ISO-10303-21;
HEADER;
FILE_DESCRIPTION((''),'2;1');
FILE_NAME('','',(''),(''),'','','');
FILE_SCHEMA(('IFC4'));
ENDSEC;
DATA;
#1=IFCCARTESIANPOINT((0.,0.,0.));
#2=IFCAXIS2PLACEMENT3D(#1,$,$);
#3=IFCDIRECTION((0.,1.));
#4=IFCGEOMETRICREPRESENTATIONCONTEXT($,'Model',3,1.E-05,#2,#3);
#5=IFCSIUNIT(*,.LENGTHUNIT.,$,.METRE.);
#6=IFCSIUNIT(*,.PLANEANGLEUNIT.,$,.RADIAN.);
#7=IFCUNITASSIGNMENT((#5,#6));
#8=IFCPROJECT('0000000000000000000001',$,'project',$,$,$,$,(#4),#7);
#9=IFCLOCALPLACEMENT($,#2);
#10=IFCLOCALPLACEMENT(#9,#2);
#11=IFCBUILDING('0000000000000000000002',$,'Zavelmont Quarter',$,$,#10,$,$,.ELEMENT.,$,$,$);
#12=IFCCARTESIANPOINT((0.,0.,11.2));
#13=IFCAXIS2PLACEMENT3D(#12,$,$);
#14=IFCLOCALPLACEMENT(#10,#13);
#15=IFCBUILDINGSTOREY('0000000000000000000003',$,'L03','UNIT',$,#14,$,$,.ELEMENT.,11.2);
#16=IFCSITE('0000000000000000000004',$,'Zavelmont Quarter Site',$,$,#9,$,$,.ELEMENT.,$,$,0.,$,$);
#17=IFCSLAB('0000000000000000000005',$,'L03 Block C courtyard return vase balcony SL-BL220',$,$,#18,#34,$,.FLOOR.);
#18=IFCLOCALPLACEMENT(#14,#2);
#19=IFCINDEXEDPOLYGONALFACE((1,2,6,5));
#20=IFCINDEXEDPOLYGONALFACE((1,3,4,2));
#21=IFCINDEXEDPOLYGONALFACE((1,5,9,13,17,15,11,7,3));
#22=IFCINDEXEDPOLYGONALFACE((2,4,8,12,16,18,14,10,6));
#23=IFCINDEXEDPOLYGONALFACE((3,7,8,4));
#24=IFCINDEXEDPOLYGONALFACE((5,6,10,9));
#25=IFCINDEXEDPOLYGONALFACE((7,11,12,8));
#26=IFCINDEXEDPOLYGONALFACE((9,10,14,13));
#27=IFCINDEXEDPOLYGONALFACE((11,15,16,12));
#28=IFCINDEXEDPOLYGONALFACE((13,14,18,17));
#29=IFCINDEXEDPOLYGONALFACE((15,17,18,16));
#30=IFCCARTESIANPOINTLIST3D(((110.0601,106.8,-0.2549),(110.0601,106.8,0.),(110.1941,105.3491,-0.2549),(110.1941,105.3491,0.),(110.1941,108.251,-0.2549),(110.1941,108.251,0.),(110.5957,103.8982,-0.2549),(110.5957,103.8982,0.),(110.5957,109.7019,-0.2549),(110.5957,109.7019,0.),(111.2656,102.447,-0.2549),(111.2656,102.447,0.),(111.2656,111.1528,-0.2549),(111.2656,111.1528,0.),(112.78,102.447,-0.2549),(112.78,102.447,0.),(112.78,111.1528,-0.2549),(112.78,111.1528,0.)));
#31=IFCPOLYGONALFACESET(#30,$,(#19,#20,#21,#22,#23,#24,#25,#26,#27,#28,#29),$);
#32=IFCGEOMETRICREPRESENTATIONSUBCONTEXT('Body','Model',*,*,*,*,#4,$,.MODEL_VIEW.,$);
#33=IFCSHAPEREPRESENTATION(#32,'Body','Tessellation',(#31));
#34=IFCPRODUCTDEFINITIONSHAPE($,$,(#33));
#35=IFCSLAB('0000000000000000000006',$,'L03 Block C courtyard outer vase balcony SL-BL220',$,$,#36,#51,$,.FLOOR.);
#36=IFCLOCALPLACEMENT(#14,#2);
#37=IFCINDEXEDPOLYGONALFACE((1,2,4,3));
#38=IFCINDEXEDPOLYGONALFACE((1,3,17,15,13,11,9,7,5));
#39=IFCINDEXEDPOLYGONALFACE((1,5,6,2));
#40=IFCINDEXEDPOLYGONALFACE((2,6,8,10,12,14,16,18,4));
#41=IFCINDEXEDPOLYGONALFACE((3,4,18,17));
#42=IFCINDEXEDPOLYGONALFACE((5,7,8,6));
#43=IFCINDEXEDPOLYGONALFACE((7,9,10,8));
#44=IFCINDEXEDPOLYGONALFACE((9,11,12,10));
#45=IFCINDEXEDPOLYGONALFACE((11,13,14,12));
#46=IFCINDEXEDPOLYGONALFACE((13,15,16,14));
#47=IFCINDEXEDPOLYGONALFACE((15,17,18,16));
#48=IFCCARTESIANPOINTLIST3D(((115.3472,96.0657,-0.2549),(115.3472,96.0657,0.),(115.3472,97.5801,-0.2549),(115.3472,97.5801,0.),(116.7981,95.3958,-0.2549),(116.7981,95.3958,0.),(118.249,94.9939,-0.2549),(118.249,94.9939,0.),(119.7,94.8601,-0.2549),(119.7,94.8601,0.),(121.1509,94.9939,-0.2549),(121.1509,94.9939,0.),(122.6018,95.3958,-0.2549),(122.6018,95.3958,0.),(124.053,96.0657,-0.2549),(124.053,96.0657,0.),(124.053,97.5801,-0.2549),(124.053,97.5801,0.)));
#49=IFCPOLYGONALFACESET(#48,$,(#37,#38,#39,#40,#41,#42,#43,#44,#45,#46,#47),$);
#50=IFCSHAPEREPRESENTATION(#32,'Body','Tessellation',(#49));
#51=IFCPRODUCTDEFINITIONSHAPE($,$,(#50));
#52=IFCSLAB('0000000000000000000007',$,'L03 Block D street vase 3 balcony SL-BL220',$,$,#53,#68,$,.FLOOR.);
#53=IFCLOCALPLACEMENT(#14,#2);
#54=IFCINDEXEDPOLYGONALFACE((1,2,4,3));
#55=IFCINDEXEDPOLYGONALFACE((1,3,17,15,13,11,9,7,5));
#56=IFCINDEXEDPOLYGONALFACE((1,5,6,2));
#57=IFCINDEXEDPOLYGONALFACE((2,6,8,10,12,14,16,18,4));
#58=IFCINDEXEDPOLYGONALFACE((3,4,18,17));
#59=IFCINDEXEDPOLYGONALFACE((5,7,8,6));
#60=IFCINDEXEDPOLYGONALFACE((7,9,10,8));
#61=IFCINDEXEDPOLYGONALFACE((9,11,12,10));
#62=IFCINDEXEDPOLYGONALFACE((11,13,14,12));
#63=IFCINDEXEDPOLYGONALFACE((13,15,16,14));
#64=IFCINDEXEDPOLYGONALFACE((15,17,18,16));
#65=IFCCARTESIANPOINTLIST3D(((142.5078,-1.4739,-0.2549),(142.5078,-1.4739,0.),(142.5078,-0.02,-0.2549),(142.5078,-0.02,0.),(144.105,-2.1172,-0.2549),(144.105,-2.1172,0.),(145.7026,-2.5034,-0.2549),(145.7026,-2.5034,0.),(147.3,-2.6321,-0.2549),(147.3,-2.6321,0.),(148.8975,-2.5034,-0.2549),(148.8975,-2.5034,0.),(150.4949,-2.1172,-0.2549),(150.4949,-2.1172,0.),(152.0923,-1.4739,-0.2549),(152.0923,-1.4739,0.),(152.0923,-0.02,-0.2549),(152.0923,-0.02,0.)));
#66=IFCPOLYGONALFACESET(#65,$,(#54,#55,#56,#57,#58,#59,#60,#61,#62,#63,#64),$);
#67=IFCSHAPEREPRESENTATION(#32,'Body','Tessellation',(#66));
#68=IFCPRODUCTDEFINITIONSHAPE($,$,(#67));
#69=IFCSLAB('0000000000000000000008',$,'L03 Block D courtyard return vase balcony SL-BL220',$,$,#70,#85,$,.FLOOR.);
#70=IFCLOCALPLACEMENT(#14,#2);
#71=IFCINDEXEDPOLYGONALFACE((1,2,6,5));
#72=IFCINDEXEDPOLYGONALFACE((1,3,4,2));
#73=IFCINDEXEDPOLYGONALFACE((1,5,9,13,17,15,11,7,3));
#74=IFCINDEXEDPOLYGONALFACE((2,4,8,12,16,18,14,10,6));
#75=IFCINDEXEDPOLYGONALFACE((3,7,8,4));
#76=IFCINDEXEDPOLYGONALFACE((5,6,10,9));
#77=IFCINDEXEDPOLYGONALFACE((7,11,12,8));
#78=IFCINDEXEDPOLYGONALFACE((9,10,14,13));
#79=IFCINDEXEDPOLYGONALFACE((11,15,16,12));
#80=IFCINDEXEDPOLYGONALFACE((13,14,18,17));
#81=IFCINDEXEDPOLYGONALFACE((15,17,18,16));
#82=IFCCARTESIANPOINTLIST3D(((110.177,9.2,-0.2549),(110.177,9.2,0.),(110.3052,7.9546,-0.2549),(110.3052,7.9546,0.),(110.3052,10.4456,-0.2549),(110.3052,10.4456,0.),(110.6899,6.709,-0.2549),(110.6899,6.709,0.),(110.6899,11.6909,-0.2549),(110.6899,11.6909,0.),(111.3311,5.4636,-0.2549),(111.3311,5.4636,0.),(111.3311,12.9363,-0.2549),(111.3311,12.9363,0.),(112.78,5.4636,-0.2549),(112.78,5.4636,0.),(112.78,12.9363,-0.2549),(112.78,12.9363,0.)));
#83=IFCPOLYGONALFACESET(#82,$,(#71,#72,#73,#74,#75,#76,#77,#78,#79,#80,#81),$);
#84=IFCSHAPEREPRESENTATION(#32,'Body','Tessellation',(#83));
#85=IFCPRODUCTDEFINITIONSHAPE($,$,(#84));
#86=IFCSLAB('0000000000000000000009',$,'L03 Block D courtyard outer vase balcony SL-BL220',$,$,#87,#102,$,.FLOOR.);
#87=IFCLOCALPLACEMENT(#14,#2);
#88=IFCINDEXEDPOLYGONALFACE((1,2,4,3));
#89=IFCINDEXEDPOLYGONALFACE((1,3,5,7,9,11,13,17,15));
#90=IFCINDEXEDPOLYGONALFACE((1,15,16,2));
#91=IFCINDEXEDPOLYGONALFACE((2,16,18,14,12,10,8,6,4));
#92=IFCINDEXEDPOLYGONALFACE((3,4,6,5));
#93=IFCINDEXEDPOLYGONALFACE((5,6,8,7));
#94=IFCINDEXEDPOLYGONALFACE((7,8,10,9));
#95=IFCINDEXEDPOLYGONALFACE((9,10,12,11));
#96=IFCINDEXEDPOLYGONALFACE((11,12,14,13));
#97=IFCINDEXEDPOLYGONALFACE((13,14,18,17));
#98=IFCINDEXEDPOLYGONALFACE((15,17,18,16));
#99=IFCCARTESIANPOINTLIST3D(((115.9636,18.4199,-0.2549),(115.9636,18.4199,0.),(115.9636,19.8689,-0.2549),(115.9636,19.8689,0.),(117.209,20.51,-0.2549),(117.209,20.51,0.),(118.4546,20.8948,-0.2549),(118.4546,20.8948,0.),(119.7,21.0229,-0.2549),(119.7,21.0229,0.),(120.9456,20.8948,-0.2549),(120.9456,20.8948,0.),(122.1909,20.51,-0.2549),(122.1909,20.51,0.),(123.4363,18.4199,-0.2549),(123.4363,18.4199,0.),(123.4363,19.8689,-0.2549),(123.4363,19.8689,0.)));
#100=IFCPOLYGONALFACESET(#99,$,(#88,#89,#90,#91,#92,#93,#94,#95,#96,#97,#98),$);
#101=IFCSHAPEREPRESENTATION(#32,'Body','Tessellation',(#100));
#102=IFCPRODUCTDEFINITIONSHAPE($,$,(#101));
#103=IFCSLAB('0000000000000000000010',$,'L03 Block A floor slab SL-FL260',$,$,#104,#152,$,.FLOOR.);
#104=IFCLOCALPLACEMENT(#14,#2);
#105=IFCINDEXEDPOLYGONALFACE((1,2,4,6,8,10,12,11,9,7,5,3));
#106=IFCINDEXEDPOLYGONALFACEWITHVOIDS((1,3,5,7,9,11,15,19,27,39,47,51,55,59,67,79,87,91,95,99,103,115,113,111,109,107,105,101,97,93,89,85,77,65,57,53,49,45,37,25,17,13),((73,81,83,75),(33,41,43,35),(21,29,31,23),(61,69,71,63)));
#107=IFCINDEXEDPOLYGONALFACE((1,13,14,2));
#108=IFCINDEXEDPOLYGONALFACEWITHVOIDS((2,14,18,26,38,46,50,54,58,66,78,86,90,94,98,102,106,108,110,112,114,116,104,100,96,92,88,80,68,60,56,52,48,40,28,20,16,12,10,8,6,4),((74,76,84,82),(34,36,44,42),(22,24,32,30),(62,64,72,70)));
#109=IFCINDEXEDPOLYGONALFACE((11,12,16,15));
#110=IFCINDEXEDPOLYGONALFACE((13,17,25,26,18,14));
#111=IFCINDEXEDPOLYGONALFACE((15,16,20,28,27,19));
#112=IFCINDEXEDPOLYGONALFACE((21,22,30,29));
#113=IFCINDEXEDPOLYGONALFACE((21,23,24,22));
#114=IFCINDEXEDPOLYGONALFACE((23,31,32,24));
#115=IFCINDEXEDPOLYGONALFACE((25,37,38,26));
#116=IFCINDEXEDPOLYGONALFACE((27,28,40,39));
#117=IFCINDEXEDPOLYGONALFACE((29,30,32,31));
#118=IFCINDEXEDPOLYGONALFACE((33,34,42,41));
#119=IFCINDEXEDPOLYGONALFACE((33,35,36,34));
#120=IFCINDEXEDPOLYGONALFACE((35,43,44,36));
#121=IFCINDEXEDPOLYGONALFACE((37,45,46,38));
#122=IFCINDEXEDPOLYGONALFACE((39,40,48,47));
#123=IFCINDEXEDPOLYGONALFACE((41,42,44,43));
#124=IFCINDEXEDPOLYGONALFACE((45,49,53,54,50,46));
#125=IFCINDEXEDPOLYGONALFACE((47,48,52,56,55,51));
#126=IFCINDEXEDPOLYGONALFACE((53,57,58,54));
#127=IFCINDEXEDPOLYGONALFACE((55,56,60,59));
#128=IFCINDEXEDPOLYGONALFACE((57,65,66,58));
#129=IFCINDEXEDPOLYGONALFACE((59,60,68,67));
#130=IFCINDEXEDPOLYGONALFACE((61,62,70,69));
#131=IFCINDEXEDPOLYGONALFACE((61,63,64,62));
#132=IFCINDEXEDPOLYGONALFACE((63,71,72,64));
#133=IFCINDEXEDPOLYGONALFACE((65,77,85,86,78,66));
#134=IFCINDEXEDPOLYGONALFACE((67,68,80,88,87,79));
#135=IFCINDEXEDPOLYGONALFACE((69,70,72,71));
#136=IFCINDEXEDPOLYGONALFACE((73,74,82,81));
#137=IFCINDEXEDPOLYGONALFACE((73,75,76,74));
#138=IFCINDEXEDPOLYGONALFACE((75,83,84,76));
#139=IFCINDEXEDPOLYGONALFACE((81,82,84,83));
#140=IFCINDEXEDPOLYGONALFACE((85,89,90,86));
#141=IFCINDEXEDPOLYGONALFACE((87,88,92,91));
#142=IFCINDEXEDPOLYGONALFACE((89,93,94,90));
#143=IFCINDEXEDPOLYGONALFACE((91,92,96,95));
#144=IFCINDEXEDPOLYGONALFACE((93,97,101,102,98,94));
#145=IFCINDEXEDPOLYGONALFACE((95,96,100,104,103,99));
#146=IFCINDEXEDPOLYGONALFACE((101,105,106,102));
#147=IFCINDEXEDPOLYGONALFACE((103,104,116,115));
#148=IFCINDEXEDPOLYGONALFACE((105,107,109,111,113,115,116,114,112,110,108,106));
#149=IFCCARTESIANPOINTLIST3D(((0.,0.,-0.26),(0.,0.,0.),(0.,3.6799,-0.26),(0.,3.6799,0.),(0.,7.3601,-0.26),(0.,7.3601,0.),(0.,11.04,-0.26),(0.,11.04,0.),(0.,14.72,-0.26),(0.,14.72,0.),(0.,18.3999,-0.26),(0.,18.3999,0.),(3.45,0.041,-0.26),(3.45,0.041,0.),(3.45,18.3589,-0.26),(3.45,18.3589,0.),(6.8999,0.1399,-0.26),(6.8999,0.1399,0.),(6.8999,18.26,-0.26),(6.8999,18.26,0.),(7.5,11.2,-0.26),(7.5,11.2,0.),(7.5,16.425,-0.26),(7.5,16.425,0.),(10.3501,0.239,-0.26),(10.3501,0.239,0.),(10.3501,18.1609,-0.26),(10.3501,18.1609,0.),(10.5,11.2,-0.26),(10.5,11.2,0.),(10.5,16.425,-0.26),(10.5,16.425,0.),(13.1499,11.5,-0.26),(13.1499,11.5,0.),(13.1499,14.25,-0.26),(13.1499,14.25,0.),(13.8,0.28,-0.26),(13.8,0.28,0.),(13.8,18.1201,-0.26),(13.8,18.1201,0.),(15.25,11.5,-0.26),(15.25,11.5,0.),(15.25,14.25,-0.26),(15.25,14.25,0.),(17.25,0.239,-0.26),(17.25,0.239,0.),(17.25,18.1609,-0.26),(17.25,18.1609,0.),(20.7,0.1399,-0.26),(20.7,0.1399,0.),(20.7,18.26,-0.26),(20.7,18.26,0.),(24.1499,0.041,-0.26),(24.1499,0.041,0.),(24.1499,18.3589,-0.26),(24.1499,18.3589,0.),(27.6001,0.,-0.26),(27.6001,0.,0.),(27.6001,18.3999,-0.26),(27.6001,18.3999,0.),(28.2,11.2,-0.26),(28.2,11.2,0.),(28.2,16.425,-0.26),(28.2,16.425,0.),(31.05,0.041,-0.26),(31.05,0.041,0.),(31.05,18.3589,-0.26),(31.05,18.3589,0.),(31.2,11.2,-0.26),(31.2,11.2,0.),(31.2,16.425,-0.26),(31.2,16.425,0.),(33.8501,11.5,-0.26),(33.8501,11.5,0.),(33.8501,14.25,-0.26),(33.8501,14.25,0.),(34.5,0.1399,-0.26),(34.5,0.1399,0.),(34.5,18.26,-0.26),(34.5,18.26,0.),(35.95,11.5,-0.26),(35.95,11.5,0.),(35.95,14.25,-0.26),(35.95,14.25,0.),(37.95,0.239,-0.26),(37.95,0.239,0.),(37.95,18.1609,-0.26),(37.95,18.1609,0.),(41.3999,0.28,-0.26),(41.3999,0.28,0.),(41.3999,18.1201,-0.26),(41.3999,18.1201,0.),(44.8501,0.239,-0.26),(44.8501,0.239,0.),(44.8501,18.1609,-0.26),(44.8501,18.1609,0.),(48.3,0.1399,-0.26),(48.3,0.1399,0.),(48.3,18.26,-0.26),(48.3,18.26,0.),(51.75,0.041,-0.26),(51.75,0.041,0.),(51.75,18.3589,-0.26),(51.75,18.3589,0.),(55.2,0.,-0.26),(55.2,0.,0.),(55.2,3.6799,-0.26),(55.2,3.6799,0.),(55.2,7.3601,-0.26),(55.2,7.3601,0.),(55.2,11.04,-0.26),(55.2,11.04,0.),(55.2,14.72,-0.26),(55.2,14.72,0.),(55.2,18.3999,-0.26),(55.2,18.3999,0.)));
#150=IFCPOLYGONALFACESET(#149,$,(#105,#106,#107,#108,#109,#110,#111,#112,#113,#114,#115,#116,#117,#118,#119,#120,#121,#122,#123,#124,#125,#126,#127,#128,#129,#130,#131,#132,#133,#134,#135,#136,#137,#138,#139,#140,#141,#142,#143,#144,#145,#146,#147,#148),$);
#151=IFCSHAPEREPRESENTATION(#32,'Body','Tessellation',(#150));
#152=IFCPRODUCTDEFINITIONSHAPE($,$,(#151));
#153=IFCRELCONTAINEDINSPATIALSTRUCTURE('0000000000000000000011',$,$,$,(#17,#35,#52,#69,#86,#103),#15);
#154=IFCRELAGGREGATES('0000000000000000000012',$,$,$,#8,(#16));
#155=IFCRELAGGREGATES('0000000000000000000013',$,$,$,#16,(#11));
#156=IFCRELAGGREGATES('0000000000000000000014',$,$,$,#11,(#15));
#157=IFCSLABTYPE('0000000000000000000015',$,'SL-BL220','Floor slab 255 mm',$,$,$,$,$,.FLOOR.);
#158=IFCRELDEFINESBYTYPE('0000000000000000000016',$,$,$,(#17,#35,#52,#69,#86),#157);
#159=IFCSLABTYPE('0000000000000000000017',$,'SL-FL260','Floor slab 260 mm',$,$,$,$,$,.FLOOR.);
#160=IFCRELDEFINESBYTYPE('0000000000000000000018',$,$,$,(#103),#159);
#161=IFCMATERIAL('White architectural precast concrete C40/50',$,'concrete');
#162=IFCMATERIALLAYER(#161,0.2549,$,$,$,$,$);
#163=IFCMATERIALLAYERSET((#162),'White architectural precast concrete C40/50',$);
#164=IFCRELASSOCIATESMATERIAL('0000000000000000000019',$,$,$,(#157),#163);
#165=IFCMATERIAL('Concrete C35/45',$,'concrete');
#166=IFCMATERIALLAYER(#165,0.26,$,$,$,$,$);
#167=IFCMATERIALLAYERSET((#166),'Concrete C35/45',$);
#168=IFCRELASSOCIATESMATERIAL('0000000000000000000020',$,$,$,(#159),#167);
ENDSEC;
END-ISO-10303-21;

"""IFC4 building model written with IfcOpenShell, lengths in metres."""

from ifc_helpers import new_model, si_unit, direction, frame, origin, place, context, subcontext, project, spatial, polyline, outline, extrude, material, layer, layer_set, type_object, element, save


model = new_model("IFC4")

# Units and contexts
model_context = context("Model", 3, precision=1e-05, world=origin(), true_north=direction((0.0, 1.0)))
body_context = subcontext(model_context, "Body", "Model", "MODEL_VIEW")
ifc_project = project(units=[si_unit("LENGTHUNIT", "METRE"), si_unit("PLANEANGLEUNIT", "RADIAN")], contexts=[model_context])

# Site, building, storey
site_placement = place(None, origin())
site = spatial("IfcSite", under=ifc_project, at=site_placement, Name="Zavelmont Quarter Site", CompositionType="ELEMENT", RefElevation=0.0)
building_placement = place(site_placement, origin())
building = spatial("IfcBuilding", under=site, at=building_placement, Name="Zavelmont Quarter", CompositionType="ELEMENT")
storey_placement = place(building_placement, frame((0.0, 0.0, 11.2)))
storey = spatial("IfcBuildingStorey", under=building, at=storey_placement, Name="L03", Description="UNIT", CompositionType="ELEMENT", Elevation=11.2)

# Slabs
ifc_material_1 = material(Name="White architectural precast concrete C40/50", Category="concrete")
ifc_layer_1 = layer(ifc_material_1, 0.2549)
ifc_layer_set_1 = layer_set([ifc_layer_1], Name="White architectural precast concrete C40/50")
slab_type_1 = type_object("IfcSlabType", Name="SL-BL220", Description="Floor slab 255 mm", PredefinedType="FLOOR", material=ifc_layer_set_1)
slab_1_placement = place(storey_placement, frame((0.0, 0.0, -0.2549)))
element("IfcSlab", 1, at=slab_1_placement, inside=storey, type_object=slab_type_1, Name="L03 Block C courtyard return vase balcony SL-BL220", PredefinedType="FLOOR", context=body_context, shape_type="SweptSolid", body=[
    extrude(outline(polyline([(112.78, 111.1528), (111.2656, 111.1528), (110.5957, 109.7019), (110.1941, 108.251), (110.0601, 106.8), (110.1941, 105.3491), (110.5957, 103.8982), (111.2656, 102.447), (112.78, 102.447), (112.78, 111.1528)])), origin(), (0.0, 0.0, 1.0), 0.2549),
])
slab_2_placement = place(storey_placement, frame((0.0, 0.0, -0.2549)))
element("IfcSlab", 2, at=slab_2_placement, inside=storey, type_object=slab_type_1, Name="L03 Block C courtyard outer vase balcony SL-BL220", PredefinedType="FLOOR", context=body_context, shape_type="SweptSolid", body=[
    extrude(outline(polyline([(115.3472, 97.5801), (115.3472, 96.0657), (116.7981, 95.3958), (118.249, 94.9939), (119.7, 94.8601), (121.1509, 94.9939), (122.6018, 95.3958), (124.053, 96.0657), (124.053, 97.5801), (115.3472, 97.5801)])), origin(), (0.0, 0.0, 1.0), 0.2549),
])
slab_3_placement = place(storey_placement, frame((0.0, 0.0, -0.2549)))
element("IfcSlab", 3, at=slab_3_placement, inside=storey, type_object=slab_type_1, Name="L03 Block D street vase 3 balcony SL-BL220", PredefinedType="FLOOR", context=body_context, shape_type="SweptSolid", body=[
    extrude(outline(polyline([(142.5078, -0.02), (142.5078, -1.4739), (144.105, -2.1172), (145.7026, -2.5034), (147.3, -2.6321), (148.8975, -2.5034), (150.4949, -2.1172), (152.0923, -1.4739), (152.0923, -0.02), (142.5078, -0.02)])), origin(), (0.0, 0.0, 1.0), 0.2549),
])
slab_4_placement = place(storey_placement, frame((0.0, 0.0, -0.2549)))
element("IfcSlab", 4, at=slab_4_placement, inside=storey, type_object=slab_type_1, Name="L03 Block D courtyard return vase balcony SL-BL220", PredefinedType="FLOOR", context=body_context, shape_type="SweptSolid", body=[
    extrude(outline(polyline([(112.78, 12.9363), (111.3311, 12.9363), (110.6899, 11.6909), (110.3052, 10.4456), (110.177, 9.2), (110.3052, 7.9546), (110.6899, 6.709), (111.3311, 5.4636), (112.78, 5.4636), (112.78, 12.9363)])), origin(), (0.0, 0.0, 1.0), 0.2549),
])
slab_5_placement = place(storey_placement, frame((0.0, 0.0, -0.2549)))
element("IfcSlab", 5, at=slab_5_placement, inside=storey, type_object=slab_type_1, Name="L03 Block D courtyard outer vase balcony SL-BL220", PredefinedType="FLOOR", context=body_context, shape_type="SweptSolid", body=[
    extrude(outline(polyline([(123.4363, 18.4199), (123.4363, 19.8689), (122.1909, 20.51), (120.9456, 20.8948), (119.7, 21.0229), (118.4546, 20.8948), (117.209, 20.51), (115.9636, 19.8689), (115.9636, 18.4199), (123.4363, 18.4199)])), origin(), (0.0, 0.0, 1.0), 0.2549),
])
ifc_material_2 = material(Name="Concrete C35/45", Category="concrete")
ifc_layer_2 = layer(ifc_material_2, 0.26)
ifc_layer_set_2 = layer_set([ifc_layer_2], Name="Concrete C35/45")
slab_type_2 = type_object("IfcSlabType", Name="SL-FL260", Description="Floor slab 260 mm", PredefinedType="FLOOR", material=ifc_layer_set_2)
slab_6_placement = place(storey_placement, frame((0.0, 0.0, -0.26)))
element("IfcSlab", 6, at=slab_6_placement, inside=storey, type_object=slab_type_2, Name="L03 Block A floor slab SL-FL260", PredefinedType="FLOOR", context=body_context, shape_type="SweptSolid", body=[
    extrude(outline(polyline([(0.0, 0.0), (3.45, 0.041), (6.8999, 0.1399), (10.3501, 0.239), (13.8, 0.28), (17.25, 0.239), (20.7, 0.1399), (24.1499, 0.041), (27.6001, 0.0), (31.05, 0.041), (34.5, 0.1399), (37.95, 0.239), (41.3999, 0.28), (44.8501, 0.239), (48.3, 0.1399), (51.75, 0.041), (55.2, 0.0), (55.2, 3.6799), (55.2, 7.3601), (55.2, 11.04), (55.2, 14.72), (55.2, 18.3999), (51.75, 18.3589), (48.3, 18.26), (44.8501, 18.1609), (41.3999, 18.1201), (37.95, 18.1609), (34.5, 18.26), (31.05, 18.3589), (27.6001, 18.3999), (24.1499, 18.3589), (20.7, 18.26), (17.25, 18.1609), (13.8, 18.1201), (10.3501, 18.1609), (6.8999, 18.26), (3.45, 18.3589), (0.0, 18.3999), (0.0, 14.72), (0.0, 11.04), (0.0, 7.3601), (0.0, 3.6799), (0.0, 0.0)]), holes=[polyline([(7.5, 16.425), (7.5, 11.2), (10.5, 11.2), (10.5, 16.425), (7.5, 16.425)]), polyline([(13.1499, 11.5), (15.25, 11.5), (15.25, 14.25), (13.1499, 14.25), (13.1499, 11.5)]), polyline([(28.2, 16.425), (28.2, 11.2), (31.2, 11.2), (31.2, 16.425), (28.2, 16.425)]), polyline([(33.8501, 11.5), (35.95, 11.5), (35.95, 14.25), (33.8501, 14.25), (33.8501, 11.5)])]), origin(), (0.0, 0.0, 1.0), 0.26),
])

save(model, "model.ifc")
